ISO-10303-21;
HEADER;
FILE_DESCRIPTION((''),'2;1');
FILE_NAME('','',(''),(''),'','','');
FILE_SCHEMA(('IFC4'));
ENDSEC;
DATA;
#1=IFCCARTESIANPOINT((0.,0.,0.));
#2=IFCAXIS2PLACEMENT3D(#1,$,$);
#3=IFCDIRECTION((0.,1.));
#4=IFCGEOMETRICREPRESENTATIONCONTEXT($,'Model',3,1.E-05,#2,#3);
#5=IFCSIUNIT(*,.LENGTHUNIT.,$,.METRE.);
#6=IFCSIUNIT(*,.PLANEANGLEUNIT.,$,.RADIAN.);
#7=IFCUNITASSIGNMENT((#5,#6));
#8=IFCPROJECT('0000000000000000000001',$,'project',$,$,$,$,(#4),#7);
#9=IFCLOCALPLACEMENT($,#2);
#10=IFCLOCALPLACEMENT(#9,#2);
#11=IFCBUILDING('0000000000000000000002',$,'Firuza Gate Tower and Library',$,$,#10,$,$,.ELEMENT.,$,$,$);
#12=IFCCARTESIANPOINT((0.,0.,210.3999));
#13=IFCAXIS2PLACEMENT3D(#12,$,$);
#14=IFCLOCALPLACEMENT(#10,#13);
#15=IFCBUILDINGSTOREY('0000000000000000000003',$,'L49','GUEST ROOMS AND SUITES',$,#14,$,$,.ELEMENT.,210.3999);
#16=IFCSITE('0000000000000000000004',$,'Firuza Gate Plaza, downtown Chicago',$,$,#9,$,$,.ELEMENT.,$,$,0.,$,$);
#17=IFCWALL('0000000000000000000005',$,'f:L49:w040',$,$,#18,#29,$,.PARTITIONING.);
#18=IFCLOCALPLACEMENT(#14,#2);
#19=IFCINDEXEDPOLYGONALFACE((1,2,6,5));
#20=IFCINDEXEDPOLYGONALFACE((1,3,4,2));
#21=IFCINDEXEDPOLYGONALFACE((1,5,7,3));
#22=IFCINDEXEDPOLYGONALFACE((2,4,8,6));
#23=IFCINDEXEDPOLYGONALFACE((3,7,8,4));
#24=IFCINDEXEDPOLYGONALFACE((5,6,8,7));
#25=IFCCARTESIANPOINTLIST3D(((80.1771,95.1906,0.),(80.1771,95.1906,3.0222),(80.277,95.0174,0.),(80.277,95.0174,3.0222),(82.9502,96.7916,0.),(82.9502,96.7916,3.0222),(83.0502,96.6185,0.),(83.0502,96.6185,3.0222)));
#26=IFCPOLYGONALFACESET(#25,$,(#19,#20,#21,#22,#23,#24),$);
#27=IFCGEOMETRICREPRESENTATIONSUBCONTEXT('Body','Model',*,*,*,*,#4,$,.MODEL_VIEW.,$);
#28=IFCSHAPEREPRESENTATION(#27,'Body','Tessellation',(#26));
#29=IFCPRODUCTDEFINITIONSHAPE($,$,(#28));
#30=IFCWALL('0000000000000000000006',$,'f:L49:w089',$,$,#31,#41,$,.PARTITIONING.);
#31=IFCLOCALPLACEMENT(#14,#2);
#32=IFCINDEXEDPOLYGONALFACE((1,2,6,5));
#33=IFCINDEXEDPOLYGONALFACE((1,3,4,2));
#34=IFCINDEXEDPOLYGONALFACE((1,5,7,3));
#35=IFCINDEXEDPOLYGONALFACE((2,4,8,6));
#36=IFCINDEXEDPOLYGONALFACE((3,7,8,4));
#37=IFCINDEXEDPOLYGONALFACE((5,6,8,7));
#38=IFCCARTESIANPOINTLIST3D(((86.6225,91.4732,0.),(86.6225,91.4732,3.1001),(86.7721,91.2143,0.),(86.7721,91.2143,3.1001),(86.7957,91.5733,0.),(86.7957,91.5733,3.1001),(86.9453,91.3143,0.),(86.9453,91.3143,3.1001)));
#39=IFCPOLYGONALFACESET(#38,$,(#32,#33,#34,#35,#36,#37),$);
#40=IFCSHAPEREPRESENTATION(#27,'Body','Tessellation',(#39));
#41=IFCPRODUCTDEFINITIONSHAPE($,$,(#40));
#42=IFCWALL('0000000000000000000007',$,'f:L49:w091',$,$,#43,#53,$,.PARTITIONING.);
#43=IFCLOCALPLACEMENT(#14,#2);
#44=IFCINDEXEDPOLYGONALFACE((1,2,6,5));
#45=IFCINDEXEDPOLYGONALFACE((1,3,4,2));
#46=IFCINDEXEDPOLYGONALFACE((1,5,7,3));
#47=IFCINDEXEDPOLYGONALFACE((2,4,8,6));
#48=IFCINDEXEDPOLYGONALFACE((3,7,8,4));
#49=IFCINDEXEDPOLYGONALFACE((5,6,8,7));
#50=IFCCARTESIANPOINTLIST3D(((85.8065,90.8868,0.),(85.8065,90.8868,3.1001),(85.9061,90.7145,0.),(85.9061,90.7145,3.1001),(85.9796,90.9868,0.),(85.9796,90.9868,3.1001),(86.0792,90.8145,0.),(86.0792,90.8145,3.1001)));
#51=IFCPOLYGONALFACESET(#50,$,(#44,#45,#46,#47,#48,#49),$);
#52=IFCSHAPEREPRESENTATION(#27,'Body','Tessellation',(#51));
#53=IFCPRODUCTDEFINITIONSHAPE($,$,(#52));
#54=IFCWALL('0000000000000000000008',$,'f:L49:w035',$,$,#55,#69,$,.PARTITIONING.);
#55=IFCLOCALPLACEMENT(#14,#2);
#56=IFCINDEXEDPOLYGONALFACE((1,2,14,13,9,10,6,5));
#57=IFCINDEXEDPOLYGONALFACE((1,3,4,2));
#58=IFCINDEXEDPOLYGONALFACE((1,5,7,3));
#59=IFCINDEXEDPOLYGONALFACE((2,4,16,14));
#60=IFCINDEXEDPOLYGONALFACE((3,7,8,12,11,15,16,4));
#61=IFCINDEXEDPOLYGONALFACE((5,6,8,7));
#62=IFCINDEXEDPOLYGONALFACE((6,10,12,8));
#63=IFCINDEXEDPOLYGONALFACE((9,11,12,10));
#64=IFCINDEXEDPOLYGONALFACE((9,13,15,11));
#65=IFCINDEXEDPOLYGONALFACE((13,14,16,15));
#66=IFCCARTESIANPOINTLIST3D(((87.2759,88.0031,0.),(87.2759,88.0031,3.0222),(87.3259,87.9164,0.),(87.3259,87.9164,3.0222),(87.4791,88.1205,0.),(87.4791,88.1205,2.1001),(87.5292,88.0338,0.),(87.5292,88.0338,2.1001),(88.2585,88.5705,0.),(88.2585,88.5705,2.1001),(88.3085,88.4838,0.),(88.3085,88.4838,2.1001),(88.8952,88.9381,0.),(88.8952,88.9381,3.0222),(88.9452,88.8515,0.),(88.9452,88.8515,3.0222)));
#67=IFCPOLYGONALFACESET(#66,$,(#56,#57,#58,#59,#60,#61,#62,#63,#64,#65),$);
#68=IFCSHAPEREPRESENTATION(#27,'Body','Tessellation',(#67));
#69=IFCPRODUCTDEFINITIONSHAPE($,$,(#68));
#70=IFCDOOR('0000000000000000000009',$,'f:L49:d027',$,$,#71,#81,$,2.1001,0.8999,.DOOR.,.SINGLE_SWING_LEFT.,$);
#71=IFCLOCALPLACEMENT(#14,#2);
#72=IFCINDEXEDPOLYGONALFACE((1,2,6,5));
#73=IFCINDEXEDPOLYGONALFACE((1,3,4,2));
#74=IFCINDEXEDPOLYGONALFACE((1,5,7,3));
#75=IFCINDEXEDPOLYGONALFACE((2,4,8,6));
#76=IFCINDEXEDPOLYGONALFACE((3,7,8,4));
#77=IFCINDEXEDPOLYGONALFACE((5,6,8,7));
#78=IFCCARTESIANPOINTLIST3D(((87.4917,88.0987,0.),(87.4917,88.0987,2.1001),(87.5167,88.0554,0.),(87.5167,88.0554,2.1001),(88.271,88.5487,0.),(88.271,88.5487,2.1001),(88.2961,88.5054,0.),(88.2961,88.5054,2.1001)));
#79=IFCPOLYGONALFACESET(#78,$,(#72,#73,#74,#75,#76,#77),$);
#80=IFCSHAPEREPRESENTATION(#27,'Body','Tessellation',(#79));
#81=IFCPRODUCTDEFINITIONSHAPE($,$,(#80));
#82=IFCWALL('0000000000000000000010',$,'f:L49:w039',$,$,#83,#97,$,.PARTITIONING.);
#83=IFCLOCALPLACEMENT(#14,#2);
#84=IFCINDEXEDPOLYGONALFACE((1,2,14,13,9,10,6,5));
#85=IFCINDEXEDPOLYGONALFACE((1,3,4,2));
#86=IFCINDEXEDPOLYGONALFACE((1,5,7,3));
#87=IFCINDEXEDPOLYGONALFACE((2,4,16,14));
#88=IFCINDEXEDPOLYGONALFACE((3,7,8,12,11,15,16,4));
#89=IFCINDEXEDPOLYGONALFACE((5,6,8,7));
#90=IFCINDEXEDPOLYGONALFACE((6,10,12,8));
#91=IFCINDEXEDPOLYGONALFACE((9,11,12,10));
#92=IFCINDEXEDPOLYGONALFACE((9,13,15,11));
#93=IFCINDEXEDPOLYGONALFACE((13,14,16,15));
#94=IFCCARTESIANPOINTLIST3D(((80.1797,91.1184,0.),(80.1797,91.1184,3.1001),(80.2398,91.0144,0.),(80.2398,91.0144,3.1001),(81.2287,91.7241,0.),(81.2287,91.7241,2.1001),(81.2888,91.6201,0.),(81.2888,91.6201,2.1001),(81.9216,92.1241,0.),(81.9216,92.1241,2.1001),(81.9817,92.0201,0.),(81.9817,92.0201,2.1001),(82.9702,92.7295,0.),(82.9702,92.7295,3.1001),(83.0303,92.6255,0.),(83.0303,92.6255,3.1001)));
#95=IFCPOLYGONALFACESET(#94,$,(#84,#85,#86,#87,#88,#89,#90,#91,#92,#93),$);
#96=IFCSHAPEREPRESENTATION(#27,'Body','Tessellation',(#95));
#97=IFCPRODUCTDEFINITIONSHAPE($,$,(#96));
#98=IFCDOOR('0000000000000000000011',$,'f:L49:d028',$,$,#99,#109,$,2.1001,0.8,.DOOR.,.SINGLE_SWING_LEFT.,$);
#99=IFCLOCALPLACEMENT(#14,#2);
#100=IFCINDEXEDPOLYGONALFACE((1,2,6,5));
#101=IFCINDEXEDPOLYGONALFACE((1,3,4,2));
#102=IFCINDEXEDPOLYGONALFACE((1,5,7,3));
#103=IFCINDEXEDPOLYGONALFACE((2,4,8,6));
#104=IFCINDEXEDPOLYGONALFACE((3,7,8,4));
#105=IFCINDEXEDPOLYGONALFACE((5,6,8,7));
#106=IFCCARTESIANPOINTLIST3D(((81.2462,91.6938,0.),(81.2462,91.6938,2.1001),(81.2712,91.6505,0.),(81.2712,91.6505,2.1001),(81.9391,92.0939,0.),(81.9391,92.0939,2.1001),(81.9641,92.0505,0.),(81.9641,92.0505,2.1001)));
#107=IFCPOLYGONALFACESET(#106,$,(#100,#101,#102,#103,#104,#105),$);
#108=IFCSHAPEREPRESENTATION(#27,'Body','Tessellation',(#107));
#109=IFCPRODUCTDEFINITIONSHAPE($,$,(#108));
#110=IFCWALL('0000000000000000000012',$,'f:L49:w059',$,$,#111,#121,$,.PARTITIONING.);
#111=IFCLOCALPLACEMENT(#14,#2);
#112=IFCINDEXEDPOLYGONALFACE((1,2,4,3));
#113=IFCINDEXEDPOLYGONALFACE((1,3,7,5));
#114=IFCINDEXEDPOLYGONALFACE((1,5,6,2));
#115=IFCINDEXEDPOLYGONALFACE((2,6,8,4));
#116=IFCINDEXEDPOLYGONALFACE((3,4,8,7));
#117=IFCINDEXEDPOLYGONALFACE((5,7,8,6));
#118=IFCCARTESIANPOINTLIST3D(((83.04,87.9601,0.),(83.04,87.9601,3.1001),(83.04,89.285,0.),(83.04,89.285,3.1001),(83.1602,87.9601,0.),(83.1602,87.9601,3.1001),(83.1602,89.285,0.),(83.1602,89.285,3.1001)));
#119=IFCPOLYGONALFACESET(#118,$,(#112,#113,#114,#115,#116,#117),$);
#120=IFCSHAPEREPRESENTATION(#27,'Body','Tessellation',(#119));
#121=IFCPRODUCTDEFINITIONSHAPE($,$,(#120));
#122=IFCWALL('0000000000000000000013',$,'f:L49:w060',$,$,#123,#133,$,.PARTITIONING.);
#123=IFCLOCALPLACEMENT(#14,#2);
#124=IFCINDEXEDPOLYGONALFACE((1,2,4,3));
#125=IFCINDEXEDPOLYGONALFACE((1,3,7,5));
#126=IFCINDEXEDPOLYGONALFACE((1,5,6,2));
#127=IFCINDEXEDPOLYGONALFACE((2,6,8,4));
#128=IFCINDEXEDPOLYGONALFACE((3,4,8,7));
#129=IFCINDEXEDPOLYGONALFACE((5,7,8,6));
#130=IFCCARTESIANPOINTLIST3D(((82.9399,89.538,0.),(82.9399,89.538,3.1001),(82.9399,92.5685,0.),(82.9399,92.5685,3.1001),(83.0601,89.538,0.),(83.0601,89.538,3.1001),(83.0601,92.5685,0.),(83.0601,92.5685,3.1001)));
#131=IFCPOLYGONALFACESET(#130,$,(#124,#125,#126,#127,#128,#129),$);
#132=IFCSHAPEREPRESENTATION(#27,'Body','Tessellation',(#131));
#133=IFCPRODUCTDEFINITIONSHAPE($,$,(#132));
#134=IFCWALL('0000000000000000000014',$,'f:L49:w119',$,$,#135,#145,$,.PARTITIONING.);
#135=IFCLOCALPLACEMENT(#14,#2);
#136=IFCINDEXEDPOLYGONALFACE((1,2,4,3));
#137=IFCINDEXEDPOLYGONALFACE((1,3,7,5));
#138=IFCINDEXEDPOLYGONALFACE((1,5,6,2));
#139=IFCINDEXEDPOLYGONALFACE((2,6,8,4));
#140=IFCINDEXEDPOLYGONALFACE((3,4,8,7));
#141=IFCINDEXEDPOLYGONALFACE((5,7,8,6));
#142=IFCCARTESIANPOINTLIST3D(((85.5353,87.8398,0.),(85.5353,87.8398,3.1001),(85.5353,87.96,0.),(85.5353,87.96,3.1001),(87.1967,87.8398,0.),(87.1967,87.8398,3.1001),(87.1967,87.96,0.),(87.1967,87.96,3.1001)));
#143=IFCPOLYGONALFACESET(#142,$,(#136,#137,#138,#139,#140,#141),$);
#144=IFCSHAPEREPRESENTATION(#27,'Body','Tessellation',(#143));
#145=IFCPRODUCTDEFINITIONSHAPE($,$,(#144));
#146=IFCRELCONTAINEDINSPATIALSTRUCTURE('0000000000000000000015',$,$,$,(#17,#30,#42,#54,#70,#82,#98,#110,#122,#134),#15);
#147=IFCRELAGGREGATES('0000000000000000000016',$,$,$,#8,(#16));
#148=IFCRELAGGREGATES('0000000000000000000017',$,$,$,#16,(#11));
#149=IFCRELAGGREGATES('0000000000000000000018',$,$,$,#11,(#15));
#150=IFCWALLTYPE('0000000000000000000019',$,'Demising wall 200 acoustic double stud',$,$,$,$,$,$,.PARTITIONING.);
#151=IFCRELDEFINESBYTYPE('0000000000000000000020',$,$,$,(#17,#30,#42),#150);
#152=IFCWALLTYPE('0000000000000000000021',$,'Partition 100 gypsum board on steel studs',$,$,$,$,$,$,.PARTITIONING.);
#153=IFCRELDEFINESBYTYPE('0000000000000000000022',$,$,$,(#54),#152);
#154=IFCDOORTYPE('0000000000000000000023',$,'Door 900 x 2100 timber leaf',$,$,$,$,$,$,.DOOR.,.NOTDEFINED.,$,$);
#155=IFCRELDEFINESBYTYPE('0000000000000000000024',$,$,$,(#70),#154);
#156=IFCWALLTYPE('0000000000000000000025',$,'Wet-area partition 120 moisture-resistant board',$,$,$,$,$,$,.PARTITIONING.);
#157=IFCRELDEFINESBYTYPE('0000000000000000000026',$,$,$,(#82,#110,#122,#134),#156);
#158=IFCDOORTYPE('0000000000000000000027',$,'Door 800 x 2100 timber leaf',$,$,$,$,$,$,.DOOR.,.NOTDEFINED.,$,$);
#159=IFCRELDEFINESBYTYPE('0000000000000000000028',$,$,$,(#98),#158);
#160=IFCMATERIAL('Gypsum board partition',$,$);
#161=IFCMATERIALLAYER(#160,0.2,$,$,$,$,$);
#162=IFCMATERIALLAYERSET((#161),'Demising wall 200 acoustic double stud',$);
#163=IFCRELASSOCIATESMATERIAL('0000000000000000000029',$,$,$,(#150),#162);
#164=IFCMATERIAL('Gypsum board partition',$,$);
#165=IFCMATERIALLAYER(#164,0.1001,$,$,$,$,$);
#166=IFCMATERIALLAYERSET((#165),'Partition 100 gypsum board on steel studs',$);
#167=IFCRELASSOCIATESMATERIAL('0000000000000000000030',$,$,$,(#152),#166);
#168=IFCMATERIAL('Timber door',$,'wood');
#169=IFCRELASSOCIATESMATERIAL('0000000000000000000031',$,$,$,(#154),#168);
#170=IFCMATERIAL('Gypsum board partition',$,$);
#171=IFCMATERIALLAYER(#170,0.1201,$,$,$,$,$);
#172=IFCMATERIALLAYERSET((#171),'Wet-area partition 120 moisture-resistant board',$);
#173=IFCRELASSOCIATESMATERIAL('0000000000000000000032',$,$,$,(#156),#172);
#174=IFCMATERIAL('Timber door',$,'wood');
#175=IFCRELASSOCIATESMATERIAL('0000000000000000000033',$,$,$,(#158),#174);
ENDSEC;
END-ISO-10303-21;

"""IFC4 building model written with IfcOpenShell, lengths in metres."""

from ifc_helpers import new_model, si_unit, direction, frame, frame_2d, origin, place, context, subcontext, project, spatial, rectangle, extrude, material, layer, layer_set, type_object, element, fill, save


model = new_model("IFC4")

# Units and contexts
model_context = context("Model", 3, precision=1e-05, world=origin(), true_north=direction((0.0, 1.0)))
body_context = subcontext(model_context, "Body", "Model", "MODEL_VIEW")
ifc_project = project(units=[si_unit("LENGTHUNIT", "METRE"), si_unit("PLANEANGLEUNIT", "RADIAN")], contexts=[model_context])

# Site, building, storey
site_placement = place(None, origin())
site = spatial("IfcSite", under=ifc_project, at=site_placement, Name="Firuza Gate Plaza, downtown Chicago", CompositionType="ELEMENT", RefElevation=0.0)
building_placement = place(site_placement, origin())
building = spatial("IfcBuilding", under=site, at=building_placement, Name="Firuza Gate Tower and Library", CompositionType="ELEMENT")
storey_placement = place(building_placement, frame((0.0, 0.0, 210.3999)))
storey = spatial("IfcBuildingStorey", under=building, at=storey_placement, Name="L49", Description="GUEST ROOMS AND SUITES", CompositionType="ELEMENT", Elevation=210.3999)

# Walls
ifc_material_1 = material(Name="Gypsum board partition")
ifc_layer_1 = layer(ifc_material_1, 0.2)
ifc_layer_set_1 = layer_set([ifc_layer_1], Name="Demising wall 200 acoustic double stud")
wall_type_1 = type_object("IfcWallType", Name="Demising wall 200 acoustic double stud", PredefinedType="PARTITIONING", material=ifc_layer_set_1)
wall_1_placement = place(storey_placement, frame((80.2271, 95.104, 0.0), z_axis=(0.0, 0.0, 1.0), x_axis=(0.866029, 0.499993, 0.0)))
element("IfcWall", 1, at=wall_1_placement, inside=storey, type_object=wall_type_1, Name="f:L49:w040", PredefinedType="PARTITIONING", context=body_context, shape_type="SweptSolid", body=[
    extrude(rectangle(XDim=3.2021, YDim=0.2, at=frame_2d((1.6011, 0.0))), origin(), (0.0, 0.0, 1.0), 3.0222),
])
wall_2_placement = place(storey_placement, frame((86.8586, 91.2644, 0.0), z_axis=(0.0, 0.0, 1.0), x_axis=(-0.500264, 0.865873, 0.0)))
element("IfcWall", 2, at=wall_2_placement, inside=storey, type_object=wall_type_1, Name="f:L49:w089", PredefinedType="PARTITIONING", context=body_context, shape_type="SweptSolid", body=[
    extrude(rectangle(XDim=0.2991, YDim=0.2, at=frame_2d((0.1494, 0.0))), origin(), (0.0, 0.0, 1.0), 3.1001),
])
wall_3_placement = place(storey_placement, frame((85.9927, 90.7644, 0.0), z_axis=(0.0, 0.0, 1.0), x_axis=(-0.500359, 0.865818, 0.0)))
element("IfcWall", 3, at=wall_3_placement, inside=storey, type_object=wall_type_1, Name="f:L49:w091", PredefinedType="PARTITIONING", context=body_context, shape_type="SweptSolid", body=[
    extrude(rectangle(XDim=0.199, YDim=0.2, at=frame_2d((0.0996, 0.0))), origin(), (0.0, 0.0, 1.0), 3.1001),
])

# Walls, openings, doors
ifc_material_2 = material(Name="Gypsum board partition")
ifc_layer_2 = layer(ifc_material_2, 0.1001)
ifc_layer_set_2 = layer_set([ifc_layer_2], Name="Partition 100 gypsum board on steel studs")
wall_type_2 = type_object("IfcWallType", Name="Partition 100 gypsum board on steel studs", PredefinedType="PARTITIONING", material=ifc_layer_set_2)
wall_4_placement = place(storey_placement, frame((87.3008, 87.9597, 0.0), z_axis=(0.0, 0.0, 1.0), x_axis=(0.866001, 0.500043, 0.0)))
wall_4 = element("IfcWall", 4, at=wall_4_placement, inside=storey, type_object=wall_type_2, Name="f:L49:w035", PredefinedType="PARTITIONING", context=body_context, shape_type="SweptSolid", body=[
    extrude(rectangle(XDim=1.8699, YDim=0.1001, at=frame_2d((0.9351, 0.0))), origin(), (0.0, 0.0, 1.0), 3.0222),
])
opening_1_placement = place(wall_4_placement, frame((0.2349, 0.0, 0.0)))
opening_1 = element("IfcOpeningElement", 5, at=opening_1_placement, cuts=wall_4, PredefinedType="OPENING", context=body_context, shape_type="SweptSolid", body=[
    extrude(rectangle(XDim=0.8999, YDim=2.1001, at=frame_2d((0.45, 1.05))), frame((0.0, 0.0601, 0.0), z_axis=(0.0, -1.0, 0.0), x_axis=(1.0, 0.0, 0.0)), (0.0, 0.0, 1.0), 0.1201),
])
ifc_material_3 = material(Name="Timber door", Category="wood")
door_type_1 = type_object("IfcDoorType", Name="Door 900 x 2100 timber leaf", OperationType="NOTDEFINED", PredefinedType="DOOR", material=ifc_material_3)
door_1_placement = place(opening_1_placement, origin())
door_1 = element("IfcDoor", 6, at=door_1_placement, inside=storey, type_object=door_type_1, Name="f:L49:d027", OperationType="SINGLE_SWING_LEFT", OverallHeight=2.1001, OverallWidth=0.8999, PredefinedType="DOOR", context=body_context, shape_type="SweptSolid", body=[
    extrude(rectangle(XDim=0.8999, YDim=2.1001, at=frame_2d((0.45, 1.05))), frame((0.0, 0.0249, 0.0), z_axis=(0.0, -1.0, 0.0), x_axis=(1.0, 0.0, 0.0)), (0.0, 0.0, 1.0), 0.05),
])
fill(opening_1, door_1)
ifc_material_4 = material(Name="Gypsum board partition")
ifc_layer_3 = layer(ifc_material_4, 0.1201)
ifc_layer_set_3 = layer_set([ifc_layer_3], Name="Wet-area partition 120 moisture-resistant board")
wall_type_3 = type_object("IfcWallType", Name="Wet-area partition 120 moisture-resistant board", PredefinedType="PARTITIONING", material=ifc_layer_set_3)
wall_5_placement = place(storey_placement, frame((83.0002, 92.6775, 0.0), z_axis=(0.0, 0.0, 1.0), x_axis=(-0.866029, -0.499994, 0.0)))
wall_5 = element("IfcWall", 7, at=wall_5_placement, inside=storey, type_object=wall_type_3, Name="f:L49:w039", PredefinedType="PARTITIONING", context=body_context, shape_type="SweptSolid", body=[
    extrude(rectangle(XDim=3.2222, YDim=0.1201, at=frame_2d((1.6111, 0.0))), origin(), (0.0, 0.0, 1.0), 3.1001),
])
opening_2_placement = place(wall_5_placement, frame((1.2109, 0.0, 0.0)))
opening_2 = element("IfcOpeningElement", 8, at=opening_2_placement, cuts=wall_5, PredefinedType="OPENING", context=body_context, shape_type="SweptSolid", body=[
    extrude(rectangle(XDim=0.8, YDim=2.1001, at=frame_2d((0.3999, 1.05))), frame((0.0, 0.0701, 0.0), z_axis=(0.0, -1.0, 0.0), x_axis=(1.0, 0.0, 0.0)), (0.0, 0.0, 1.0), 0.1401),
])
ifc_material_5 = material(Name="Timber door", Category="wood")
door_type_2 = type_object("IfcDoorType", Name="Door 800 x 2100 timber leaf", OperationType="NOTDEFINED", PredefinedType="DOOR", material=ifc_material_5)
door_2_placement = place(opening_2_placement, origin())
door_2 = element("IfcDoor", 9, at=door_2_placement, inside=storey, type_object=door_type_2, Name="f:L49:d028", OperationType="SINGLE_SWING_LEFT", OverallHeight=2.1001, OverallWidth=0.8, PredefinedType="DOOR", context=body_context, shape_type="SweptSolid", body=[
    extrude(rectangle(XDim=0.8, YDim=2.1001, at=frame_2d((0.3999, 1.05))), frame((0.0, 0.0249, 0.0), z_axis=(0.0, -1.0, 0.0), x_axis=(1.0, 0.0, 0.0)), (0.0, 0.0, 1.0), 0.05),
])
fill(opening_2, door_2)

# Walls
wall_6_placement = place(storey_placement, frame((83.1001, 87.96, 0.0), z_axis=(0.0, 0.0, 1.0), x_axis=(0.0, 1.0, 0.0)))
element("IfcWall", 10, at=wall_6_placement, inside=storey, type_object=wall_type_3, Name="f:L49:w059", PredefinedType="PARTITIONING", context=body_context, shape_type="SweptSolid", body=[
    extrude(rectangle(XDim=1.325, YDim=0.1201, at=frame_2d((0.6626, 0.0))), origin(), (0.0, 0.0, 1.0), 3.1001),
])
wall_7_placement = place(storey_placement, frame((83.0, 89.5381, 0.0), z_axis=(0.0, 0.0, 1.0), x_axis=(0.0, 1.0, 0.0)))
element("IfcWall", 11, at=wall_7_placement, inside=storey, type_object=wall_type_3, Name="f:L49:w060", PredefinedType="PARTITIONING", context=body_context, shape_type="SweptSolid", body=[
    extrude(rectangle(XDim=3.0305, YDim=0.1201, at=frame_2d((1.5151, 0.0))), origin(), (0.0, 0.0, 1.0), 3.1001),
])
wall_8_placement = place(storey_placement, frame((85.5354, 87.8999, 0.0), z_axis=(0.0, 0.0, 1.0), x_axis=(1.0, 0.0, 0.0)))
element("IfcWall", 12, at=wall_8_placement, inside=storey, type_object=wall_type_3, Name="f:L49:w119", PredefinedType="PARTITIONING", context=body_context, shape_type="SweptSolid", body=[
    extrude(rectangle(XDim=1.6614, YDim=0.1201, at=frame_2d((0.8306, 0.0))), origin(), (0.0, 0.0, 1.0), 3.1001),
])

save(model, "model.ifc")
